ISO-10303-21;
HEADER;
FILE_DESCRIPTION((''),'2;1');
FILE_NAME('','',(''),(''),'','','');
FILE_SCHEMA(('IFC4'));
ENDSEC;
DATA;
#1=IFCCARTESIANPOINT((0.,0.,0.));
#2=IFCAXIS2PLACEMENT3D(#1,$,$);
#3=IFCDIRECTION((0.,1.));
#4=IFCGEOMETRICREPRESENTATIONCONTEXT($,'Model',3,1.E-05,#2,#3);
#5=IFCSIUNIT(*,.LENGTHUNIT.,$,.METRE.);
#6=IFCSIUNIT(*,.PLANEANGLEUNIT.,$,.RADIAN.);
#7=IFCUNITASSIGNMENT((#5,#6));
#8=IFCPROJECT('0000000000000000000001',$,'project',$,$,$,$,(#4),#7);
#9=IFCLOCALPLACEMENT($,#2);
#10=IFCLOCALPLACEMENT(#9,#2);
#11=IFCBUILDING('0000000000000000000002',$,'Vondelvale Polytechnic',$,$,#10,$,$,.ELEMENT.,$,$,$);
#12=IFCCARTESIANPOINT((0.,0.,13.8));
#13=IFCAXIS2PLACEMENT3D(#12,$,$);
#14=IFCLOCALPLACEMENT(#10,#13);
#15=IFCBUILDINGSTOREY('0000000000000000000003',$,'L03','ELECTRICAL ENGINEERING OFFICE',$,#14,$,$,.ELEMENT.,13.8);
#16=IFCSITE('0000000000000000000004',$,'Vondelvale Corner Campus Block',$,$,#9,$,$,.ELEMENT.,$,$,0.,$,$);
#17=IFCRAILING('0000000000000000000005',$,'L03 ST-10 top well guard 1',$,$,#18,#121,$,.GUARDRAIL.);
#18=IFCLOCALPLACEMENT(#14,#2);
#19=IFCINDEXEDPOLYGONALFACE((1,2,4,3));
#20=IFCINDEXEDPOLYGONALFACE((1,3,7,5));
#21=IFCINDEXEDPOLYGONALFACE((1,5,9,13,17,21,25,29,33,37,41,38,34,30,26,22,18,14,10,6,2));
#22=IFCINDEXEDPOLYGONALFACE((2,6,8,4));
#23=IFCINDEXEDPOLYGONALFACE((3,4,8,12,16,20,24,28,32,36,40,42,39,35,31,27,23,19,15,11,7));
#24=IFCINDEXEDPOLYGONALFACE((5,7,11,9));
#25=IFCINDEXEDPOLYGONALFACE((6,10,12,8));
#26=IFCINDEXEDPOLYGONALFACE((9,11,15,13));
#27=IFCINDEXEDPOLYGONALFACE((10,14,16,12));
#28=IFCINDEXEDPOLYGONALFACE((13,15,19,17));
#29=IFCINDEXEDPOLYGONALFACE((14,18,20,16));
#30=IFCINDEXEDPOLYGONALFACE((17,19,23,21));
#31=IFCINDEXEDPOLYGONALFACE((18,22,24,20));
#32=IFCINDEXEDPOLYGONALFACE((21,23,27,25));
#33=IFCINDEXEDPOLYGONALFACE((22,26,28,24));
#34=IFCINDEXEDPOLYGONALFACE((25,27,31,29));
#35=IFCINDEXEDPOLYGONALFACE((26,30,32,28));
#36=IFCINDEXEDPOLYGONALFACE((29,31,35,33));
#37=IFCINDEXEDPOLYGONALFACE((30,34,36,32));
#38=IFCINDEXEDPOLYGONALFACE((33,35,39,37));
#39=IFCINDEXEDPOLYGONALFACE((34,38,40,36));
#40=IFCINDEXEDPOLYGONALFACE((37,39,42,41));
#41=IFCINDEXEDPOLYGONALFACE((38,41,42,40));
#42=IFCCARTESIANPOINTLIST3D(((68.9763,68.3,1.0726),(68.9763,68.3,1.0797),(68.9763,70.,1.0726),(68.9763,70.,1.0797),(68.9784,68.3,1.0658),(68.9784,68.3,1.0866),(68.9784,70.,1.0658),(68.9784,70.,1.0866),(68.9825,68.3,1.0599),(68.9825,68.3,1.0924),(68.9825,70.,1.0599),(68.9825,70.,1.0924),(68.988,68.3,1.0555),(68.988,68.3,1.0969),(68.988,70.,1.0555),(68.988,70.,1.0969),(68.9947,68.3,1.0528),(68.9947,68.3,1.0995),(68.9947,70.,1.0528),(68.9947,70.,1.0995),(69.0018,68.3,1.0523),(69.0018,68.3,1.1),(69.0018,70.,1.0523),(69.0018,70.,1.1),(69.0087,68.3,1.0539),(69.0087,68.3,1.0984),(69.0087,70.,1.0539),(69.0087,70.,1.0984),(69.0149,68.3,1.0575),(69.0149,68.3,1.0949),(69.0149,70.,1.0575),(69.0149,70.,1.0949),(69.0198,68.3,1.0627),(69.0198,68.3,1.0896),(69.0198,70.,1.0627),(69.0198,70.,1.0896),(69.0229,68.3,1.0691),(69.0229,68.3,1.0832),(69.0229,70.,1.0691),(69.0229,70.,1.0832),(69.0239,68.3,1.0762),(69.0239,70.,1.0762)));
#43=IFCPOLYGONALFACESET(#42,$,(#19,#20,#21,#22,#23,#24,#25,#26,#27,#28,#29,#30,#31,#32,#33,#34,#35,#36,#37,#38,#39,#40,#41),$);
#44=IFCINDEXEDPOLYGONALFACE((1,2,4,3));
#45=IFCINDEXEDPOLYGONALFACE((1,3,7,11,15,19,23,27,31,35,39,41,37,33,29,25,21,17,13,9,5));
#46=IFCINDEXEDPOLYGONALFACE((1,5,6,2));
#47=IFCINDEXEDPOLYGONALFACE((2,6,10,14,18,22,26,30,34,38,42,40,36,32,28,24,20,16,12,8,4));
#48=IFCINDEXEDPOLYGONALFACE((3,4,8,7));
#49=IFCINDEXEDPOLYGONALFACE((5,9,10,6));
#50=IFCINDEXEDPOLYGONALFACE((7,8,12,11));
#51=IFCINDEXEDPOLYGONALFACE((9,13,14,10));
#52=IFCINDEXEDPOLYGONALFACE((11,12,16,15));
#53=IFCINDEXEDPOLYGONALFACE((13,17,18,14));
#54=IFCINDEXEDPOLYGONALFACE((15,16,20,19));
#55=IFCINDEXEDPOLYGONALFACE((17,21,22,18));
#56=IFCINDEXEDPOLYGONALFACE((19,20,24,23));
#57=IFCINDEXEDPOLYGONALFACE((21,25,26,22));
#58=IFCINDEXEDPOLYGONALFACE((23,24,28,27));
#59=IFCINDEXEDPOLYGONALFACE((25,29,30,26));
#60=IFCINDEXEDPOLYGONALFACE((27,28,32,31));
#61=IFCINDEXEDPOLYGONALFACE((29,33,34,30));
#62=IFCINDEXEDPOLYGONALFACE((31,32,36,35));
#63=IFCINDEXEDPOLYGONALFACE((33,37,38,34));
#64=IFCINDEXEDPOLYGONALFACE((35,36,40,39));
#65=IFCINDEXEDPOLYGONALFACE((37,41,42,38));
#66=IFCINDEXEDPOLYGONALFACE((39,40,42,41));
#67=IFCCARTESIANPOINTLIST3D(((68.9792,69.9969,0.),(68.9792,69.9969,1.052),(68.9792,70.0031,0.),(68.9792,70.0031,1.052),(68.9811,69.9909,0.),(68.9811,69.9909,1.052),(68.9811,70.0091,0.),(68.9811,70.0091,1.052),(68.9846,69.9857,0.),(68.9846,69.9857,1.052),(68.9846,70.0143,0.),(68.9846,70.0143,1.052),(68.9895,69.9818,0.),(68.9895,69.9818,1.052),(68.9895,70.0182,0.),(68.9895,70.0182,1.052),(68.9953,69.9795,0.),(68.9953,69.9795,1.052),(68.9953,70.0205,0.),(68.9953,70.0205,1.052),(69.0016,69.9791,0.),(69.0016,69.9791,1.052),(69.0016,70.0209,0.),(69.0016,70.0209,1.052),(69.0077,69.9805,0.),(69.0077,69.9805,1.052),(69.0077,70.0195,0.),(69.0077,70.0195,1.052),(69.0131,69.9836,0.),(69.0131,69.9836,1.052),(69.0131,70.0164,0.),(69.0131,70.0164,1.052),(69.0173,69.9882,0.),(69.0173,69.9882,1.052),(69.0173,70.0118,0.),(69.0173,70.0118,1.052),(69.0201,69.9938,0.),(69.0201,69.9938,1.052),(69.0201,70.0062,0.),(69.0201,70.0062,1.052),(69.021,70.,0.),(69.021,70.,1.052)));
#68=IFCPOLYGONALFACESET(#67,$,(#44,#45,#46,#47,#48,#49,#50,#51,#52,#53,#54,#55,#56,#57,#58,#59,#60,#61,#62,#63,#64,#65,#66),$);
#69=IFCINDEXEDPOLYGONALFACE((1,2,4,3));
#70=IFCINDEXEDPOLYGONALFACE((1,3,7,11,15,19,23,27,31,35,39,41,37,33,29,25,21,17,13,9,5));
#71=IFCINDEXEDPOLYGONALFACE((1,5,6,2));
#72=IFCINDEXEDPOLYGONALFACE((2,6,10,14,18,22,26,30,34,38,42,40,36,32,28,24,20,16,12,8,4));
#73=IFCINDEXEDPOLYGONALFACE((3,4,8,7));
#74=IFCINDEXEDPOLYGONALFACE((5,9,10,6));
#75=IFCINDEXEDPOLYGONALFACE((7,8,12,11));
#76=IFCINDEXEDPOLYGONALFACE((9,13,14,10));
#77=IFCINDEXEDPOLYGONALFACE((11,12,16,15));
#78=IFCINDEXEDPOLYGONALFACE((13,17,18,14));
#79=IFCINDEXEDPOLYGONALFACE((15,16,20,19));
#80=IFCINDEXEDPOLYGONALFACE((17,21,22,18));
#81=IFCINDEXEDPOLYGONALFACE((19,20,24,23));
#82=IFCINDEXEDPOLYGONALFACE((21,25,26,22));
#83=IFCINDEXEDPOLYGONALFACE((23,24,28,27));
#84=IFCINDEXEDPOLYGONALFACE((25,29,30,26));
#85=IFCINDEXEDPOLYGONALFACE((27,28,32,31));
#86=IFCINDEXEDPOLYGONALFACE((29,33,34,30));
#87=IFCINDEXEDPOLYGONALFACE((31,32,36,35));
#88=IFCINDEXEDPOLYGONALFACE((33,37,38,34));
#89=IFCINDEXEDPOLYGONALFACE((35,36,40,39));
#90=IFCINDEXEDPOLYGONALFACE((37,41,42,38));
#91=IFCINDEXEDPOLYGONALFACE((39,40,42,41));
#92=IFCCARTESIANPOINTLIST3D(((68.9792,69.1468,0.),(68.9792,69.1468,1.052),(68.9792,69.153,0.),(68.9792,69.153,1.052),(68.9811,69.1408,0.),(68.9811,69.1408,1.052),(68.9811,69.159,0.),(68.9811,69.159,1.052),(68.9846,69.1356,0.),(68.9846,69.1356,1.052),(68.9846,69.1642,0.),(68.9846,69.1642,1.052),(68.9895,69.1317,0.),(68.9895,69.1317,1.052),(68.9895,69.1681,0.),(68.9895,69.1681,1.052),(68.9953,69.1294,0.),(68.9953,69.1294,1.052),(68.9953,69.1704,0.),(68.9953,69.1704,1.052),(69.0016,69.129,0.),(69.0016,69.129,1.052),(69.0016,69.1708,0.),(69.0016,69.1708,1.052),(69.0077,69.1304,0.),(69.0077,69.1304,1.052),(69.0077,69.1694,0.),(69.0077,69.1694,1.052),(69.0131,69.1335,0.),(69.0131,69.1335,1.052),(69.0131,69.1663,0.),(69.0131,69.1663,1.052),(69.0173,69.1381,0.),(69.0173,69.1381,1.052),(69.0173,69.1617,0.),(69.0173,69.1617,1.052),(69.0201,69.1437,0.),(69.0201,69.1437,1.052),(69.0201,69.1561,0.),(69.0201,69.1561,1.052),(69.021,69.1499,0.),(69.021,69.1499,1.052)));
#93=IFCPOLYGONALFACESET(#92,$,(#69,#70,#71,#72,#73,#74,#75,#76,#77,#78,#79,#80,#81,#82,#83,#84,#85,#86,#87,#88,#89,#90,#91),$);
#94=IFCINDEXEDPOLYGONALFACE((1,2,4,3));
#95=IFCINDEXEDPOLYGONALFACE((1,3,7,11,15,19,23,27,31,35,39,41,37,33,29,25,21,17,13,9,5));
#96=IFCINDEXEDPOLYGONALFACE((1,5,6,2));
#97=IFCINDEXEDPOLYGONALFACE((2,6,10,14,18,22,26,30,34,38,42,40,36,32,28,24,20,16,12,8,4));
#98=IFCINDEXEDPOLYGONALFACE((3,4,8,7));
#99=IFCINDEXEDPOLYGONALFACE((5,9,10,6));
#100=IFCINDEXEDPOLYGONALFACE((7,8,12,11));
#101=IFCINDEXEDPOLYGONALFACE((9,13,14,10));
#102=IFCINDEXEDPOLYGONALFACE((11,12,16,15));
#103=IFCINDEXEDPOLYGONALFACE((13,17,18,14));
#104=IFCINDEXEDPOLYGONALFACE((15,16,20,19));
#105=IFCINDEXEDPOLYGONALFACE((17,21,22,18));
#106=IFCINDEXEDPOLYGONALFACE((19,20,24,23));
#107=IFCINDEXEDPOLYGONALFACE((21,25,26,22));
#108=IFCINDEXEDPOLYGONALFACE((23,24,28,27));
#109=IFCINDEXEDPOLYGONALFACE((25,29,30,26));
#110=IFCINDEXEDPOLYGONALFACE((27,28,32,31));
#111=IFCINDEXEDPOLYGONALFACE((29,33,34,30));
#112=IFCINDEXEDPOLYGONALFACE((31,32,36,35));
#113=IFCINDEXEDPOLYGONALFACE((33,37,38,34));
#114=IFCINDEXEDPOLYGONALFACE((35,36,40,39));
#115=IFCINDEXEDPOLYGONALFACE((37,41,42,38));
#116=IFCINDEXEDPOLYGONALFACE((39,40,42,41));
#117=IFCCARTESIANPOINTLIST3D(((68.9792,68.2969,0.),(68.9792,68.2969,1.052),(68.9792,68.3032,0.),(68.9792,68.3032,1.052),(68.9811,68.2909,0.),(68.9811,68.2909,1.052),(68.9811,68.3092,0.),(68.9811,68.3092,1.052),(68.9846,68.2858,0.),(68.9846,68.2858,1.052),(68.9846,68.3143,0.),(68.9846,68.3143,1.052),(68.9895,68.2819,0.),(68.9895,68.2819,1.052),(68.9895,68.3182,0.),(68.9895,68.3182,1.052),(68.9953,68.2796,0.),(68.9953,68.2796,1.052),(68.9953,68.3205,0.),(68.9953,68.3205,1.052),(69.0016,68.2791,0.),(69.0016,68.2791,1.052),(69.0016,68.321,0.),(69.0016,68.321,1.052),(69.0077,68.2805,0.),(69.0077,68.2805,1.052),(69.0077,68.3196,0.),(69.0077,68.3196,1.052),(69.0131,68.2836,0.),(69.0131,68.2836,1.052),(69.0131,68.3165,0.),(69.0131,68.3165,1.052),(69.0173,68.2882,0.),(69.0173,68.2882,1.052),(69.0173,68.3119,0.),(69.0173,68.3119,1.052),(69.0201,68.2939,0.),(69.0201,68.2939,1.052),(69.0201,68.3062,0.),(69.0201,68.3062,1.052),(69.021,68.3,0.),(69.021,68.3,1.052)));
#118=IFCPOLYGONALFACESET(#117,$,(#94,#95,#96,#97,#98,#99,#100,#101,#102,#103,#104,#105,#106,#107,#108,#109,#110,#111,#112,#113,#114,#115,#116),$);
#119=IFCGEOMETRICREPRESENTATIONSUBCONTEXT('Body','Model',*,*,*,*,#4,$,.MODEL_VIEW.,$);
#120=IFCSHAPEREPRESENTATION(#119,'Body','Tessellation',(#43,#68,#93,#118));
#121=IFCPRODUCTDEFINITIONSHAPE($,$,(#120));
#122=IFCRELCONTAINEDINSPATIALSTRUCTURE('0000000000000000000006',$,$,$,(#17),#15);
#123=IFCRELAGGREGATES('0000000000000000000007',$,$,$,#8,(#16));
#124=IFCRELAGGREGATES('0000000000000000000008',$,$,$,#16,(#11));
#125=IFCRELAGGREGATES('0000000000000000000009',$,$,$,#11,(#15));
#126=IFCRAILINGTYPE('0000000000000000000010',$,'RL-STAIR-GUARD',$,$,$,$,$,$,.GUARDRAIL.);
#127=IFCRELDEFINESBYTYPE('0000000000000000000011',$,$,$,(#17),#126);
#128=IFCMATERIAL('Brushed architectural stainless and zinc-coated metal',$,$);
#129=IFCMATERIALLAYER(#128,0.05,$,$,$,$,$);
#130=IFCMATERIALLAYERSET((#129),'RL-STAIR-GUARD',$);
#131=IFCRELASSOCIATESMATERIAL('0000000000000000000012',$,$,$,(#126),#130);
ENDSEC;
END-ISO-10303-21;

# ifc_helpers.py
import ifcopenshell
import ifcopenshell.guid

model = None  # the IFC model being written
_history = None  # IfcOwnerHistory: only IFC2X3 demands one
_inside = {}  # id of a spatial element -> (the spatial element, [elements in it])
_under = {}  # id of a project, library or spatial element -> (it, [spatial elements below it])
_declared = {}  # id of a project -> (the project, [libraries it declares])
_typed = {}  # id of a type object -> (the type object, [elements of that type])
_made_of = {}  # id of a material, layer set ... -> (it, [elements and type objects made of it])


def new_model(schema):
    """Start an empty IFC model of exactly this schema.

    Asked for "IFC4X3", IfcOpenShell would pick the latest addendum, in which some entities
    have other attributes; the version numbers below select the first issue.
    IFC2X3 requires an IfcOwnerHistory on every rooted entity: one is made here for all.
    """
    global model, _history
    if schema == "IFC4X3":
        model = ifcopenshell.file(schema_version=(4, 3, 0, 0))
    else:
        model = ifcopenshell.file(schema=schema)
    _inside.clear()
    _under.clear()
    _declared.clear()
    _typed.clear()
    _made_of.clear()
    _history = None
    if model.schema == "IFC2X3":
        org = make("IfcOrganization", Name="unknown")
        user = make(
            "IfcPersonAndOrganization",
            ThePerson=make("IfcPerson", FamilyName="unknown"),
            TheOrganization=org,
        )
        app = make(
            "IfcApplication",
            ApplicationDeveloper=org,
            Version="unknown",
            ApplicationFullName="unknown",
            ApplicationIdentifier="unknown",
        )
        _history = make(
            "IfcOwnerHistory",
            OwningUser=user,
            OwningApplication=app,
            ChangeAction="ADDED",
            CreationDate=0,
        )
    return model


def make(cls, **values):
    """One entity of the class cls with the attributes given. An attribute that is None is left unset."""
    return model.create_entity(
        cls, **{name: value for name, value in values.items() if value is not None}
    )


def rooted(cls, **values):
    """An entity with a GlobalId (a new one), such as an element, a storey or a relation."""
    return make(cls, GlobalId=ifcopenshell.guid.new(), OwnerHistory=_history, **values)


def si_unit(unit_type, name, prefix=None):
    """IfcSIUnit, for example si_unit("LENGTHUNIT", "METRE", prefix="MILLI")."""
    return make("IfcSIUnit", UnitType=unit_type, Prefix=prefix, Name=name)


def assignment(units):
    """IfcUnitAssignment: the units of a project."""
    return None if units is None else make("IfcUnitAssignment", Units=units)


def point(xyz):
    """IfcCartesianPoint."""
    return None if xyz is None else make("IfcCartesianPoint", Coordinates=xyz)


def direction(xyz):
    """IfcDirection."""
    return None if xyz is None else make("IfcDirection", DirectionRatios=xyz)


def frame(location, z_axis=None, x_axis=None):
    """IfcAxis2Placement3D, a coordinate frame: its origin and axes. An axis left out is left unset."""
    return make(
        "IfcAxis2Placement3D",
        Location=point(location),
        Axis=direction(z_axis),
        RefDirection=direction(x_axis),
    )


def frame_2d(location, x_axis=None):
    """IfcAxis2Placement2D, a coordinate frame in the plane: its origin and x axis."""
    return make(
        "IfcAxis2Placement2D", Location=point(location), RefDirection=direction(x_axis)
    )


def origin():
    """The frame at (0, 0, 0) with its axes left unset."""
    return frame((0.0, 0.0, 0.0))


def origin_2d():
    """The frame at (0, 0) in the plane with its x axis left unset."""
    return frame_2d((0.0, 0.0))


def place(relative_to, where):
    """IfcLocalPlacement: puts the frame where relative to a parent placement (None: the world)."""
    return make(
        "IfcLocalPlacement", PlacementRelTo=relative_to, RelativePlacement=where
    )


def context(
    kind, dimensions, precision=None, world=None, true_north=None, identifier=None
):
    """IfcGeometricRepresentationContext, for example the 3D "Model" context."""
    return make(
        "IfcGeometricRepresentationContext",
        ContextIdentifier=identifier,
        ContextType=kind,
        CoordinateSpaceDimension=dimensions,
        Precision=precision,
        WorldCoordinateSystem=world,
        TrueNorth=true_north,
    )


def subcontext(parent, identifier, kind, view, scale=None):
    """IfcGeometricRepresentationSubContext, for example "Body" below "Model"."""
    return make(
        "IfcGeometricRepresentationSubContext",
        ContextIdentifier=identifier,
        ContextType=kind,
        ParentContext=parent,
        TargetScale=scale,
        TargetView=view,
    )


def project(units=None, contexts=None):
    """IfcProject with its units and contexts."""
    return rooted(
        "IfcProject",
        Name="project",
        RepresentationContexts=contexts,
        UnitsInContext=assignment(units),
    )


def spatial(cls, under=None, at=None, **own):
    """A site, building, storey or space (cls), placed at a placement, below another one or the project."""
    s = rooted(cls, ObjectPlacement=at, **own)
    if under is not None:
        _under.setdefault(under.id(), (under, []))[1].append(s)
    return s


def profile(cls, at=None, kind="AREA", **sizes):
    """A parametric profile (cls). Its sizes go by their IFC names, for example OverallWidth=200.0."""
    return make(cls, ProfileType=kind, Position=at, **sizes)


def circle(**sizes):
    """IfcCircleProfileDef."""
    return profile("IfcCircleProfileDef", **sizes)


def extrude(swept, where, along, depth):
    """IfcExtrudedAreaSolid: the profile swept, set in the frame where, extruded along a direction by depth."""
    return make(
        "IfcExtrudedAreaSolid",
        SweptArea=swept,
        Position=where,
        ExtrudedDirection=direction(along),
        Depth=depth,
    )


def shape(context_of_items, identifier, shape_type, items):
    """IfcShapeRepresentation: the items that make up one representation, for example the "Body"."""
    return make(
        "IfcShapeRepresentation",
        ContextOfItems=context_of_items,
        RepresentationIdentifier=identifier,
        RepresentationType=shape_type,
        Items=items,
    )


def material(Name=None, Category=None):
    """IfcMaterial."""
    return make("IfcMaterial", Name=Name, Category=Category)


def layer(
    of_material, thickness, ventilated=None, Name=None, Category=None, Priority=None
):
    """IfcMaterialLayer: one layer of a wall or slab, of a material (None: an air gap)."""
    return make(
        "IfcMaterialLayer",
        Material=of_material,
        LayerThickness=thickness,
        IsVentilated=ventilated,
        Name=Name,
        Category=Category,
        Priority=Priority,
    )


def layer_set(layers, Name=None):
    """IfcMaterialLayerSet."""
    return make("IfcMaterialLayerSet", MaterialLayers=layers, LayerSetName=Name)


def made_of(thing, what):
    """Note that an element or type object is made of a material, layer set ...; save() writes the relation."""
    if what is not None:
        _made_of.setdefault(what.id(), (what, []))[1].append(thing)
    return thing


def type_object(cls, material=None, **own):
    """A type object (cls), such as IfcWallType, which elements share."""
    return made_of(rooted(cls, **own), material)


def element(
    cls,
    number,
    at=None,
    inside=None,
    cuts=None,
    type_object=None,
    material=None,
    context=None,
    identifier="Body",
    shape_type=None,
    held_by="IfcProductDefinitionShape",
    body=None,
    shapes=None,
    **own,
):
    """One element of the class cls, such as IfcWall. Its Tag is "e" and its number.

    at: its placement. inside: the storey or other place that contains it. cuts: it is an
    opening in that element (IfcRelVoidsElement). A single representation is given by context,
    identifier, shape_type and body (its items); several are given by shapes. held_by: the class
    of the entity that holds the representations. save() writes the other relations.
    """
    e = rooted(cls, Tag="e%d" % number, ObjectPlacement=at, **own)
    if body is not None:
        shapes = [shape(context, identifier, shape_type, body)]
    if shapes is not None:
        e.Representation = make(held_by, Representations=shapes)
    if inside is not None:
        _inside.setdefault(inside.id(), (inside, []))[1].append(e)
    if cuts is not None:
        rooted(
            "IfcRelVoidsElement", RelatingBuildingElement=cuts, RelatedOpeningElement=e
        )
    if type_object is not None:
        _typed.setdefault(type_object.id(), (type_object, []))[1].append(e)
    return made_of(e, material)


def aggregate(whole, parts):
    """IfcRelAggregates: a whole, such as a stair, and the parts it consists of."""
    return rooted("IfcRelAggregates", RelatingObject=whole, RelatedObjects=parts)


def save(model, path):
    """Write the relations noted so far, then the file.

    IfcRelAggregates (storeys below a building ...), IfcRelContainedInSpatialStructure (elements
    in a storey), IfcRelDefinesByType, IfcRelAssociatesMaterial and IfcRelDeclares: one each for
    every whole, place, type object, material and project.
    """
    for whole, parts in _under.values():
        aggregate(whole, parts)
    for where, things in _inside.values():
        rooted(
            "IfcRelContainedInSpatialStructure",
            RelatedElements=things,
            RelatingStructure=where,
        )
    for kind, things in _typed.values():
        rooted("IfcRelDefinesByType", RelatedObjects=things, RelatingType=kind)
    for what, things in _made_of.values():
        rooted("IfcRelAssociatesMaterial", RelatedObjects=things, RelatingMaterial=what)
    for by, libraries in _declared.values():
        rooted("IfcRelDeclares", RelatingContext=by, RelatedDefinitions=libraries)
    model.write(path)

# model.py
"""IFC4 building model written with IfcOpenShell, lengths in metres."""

from ifc_helpers import new_model, si_unit, direction, frame, origin, origin_2d, place, context, subcontext, project, spatial, circle, extrude, material, layer, layer_set, type_object, element, save


model = new_model("IFC4")

# Units and contexts
model_context = context("Model", 3, precision=1e-05, world=origin(), true_north=direction((0.0, 1.0)))
body_context = subcontext(model_context, "Body", "Model", "MODEL_VIEW")
ifc_project = project(units=[si_unit("LENGTHUNIT", "METRE"), si_unit("PLANEANGLEUNIT", "RADIAN")], contexts=[model_context])

# Site, building, storey
site_placement = place(None, origin())
site = spatial("IfcSite", under=ifc_project, at=site_placement, Name="Vondelvale Corner Campus Block", CompositionType="ELEMENT", RefElevation=0.0)
building_placement = place(site_placement, origin())
building = spatial("IfcBuilding", under=site, at=building_placement, Name="Vondelvale Polytechnic", CompositionType="ELEMENT")
storey_placement = place(building_placement, frame((0.0, 0.0, 13.8)))
storey = spatial("IfcBuildingStorey", under=building, at=storey_placement, Name="L03", Description="ELECTRICAL ENGINEERING OFFICE", CompositionType="ELEMENT", Elevation=13.8)

# Shared definitions
ifc_material_1 = material(Name="Brushed architectural stainless and zinc-coated metal")

# Railing
ifc_layer_1 = layer(ifc_material_1, 0.05)
ifc_layer_set_1 = layer_set([ifc_layer_1], Name="RL-STAIR-GUARD")
railing_type = type_object("IfcRailingType", Name="RL-STAIR-GUARD", PredefinedType="GUARDRAIL", material=ifc_layer_set_1)
railing_placement = place(storey_placement, frame((69.0, 70.0, 0.0)))
element("IfcRailing", 1, at=railing_placement, inside=storey, type_object=railing_type, Name="L03 ST-10 top well guard 1", PredefinedType="GUARDRAIL", context=body_context, shape_type="SweptSolid", body=[
    extrude(circle(Radius=0.0239, at=origin_2d()), frame((0.0, 0.0, 1.0762), z_axis=(0.0, -1.0, 0.0), x_axis=(1.0, 0.0, 0.0)), (0.0, 0.0, 1.0), 1.7),
    extrude(circle(Radius=0.021, at=origin_2d()), origin(), (0.0, 0.0, 1.0), 1.052),
    extrude(circle(Radius=0.021, at=origin_2d()), frame((0.0, -0.8501, 0.0)), (0.0, 0.0, 1.0), 1.052),
    extrude(circle(Radius=0.021, at=origin_2d()), frame((0.0, -1.7, 0.0)), (0.0, 0.0, 1.0), 1.052),
])

save(model, "model.ifc")
